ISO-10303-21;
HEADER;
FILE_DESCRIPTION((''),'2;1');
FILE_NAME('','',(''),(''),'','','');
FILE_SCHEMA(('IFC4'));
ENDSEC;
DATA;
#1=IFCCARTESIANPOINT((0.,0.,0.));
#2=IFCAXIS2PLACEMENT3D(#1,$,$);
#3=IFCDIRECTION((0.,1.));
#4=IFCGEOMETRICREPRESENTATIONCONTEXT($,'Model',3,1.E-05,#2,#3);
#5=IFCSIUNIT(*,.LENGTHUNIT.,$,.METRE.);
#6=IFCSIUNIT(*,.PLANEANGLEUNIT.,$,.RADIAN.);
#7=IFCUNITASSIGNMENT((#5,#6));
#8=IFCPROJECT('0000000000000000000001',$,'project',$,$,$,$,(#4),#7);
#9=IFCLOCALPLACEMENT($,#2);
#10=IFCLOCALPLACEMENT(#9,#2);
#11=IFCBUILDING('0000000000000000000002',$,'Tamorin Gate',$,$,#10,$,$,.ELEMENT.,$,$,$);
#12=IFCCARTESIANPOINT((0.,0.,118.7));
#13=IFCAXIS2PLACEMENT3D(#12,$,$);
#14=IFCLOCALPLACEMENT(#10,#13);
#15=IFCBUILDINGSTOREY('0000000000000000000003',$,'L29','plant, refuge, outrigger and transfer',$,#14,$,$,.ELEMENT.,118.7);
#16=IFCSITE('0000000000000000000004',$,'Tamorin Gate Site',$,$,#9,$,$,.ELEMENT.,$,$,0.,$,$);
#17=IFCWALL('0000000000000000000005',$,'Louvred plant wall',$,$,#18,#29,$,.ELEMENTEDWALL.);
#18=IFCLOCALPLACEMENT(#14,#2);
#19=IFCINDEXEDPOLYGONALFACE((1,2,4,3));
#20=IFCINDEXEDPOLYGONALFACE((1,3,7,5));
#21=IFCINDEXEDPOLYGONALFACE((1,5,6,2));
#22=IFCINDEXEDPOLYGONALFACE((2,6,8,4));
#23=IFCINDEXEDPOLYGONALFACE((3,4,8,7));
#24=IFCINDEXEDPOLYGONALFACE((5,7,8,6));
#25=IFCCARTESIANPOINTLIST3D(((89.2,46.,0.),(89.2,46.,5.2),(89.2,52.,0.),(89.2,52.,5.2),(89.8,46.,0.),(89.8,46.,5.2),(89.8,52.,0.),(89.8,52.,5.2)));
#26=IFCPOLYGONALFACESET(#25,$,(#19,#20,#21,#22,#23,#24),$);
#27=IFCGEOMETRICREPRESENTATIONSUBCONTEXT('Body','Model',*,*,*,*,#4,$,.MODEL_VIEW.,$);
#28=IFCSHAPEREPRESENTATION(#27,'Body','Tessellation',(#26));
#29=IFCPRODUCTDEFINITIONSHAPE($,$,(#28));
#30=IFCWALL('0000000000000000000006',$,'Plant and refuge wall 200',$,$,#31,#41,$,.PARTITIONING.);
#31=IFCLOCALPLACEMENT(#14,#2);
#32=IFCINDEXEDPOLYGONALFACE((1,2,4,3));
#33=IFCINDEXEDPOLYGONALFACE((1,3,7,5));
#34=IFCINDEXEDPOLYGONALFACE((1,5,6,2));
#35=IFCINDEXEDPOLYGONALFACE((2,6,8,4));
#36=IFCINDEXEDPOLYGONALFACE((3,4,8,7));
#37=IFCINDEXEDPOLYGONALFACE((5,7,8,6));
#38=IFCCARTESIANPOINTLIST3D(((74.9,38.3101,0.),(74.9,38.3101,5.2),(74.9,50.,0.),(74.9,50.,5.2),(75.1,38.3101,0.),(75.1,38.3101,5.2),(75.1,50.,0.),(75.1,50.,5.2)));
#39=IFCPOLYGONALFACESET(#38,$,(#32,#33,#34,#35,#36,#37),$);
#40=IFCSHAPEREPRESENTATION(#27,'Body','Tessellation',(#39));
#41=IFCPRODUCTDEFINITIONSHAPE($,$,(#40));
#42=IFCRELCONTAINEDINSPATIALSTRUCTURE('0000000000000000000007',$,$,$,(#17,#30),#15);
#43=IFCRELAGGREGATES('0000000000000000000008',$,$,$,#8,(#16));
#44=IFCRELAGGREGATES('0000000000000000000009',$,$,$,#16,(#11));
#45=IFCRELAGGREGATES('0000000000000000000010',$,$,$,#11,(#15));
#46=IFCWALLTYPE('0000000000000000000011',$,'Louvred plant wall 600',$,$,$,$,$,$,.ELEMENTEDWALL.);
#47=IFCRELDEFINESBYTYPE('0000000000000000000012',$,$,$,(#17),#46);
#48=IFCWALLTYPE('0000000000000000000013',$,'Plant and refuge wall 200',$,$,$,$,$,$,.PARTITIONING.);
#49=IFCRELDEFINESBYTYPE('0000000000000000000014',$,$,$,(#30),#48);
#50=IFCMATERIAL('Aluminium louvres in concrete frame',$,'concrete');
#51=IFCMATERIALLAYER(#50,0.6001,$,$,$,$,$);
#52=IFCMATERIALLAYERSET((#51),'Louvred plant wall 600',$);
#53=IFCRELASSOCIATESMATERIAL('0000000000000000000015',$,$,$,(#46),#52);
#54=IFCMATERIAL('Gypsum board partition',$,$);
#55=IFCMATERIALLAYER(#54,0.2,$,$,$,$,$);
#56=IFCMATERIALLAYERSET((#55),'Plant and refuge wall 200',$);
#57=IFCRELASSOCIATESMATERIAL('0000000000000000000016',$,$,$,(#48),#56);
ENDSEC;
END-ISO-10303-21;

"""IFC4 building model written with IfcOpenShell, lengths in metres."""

from ifc_helpers import new_model, si_unit, direction, frame, frame_2d, origin, place, context, subcontext, project, spatial, rectangle, extrude, material, layer, layer_set, type_object, element, save


model = new_model("IFC4")

# Units and contexts
model_context = context("Model", 3, precision=1e-05, world=origin(), true_north=direction((0.0, 1.0)))
body_context = subcontext(model_context, "Body", "Model", "MODEL_VIEW")
ifc_project = project(units=[si_unit("LENGTHUNIT", "METRE"), si_unit("PLANEANGLEUNIT", "RADIAN")], contexts=[model_context])

# Site, building, storey
site_placement = place(None, origin())
site = spatial("IfcSite", under=ifc_project, at=site_placement, Name="Tamorin Gate Site", CompositionType="ELEMENT", RefElevation=0.0)
building_placement = place(site_placement, origin())
building = spatial("IfcBuilding", under=site, at=building_placement, Name="Tamorin Gate", CompositionType="ELEMENT")
storey_placement = place(building_placement, frame((0.0, 0.0, 118.7)))
storey = spatial("IfcBuildingStorey", under=building, at=storey_placement, Name="L29", Description="plant, refuge, outrigger and transfer", CompositionType="ELEMENT", Elevation=118.7)

# Walls
ifc_material_1 = material(Name="Aluminium louvres in concrete frame", Category="concrete")
ifc_layer_1 = layer(ifc_material_1, 0.6001)
ifc_layer_set_1 = layer_set([ifc_layer_1], Name="Louvred plant wall 600")
wall_type_1 = type_object("IfcWallType", Name="Louvred plant wall 600", PredefinedType="ELEMENTEDWALL", material=ifc_layer_set_1)
wall_1_placement = place(storey_placement, frame((89.5, 46.0, 0.0), z_axis=(0.0, 0.0, 1.0), x_axis=(0.0, 1.0, 0.0)))
element("IfcWall", 1, at=wall_1_placement, inside=storey, type_object=wall_type_1, Name="Louvred plant wall", PredefinedType="ELEMENTEDWALL", context=body_context, shape_type="SweptSolid", body=[
    extrude(rectangle(XDim=6.0, YDim=0.6001, at=frame_2d((3.0, 0.0))), origin(), (0.0, 0.0, 1.0), 5.2),
])
ifc_material_2 = material(Name="Gypsum board partition")
ifc_layer_2 = layer(ifc_material_2, 0.2)
ifc_layer_set_2 = layer_set([ifc_layer_2], Name="Plant and refuge wall 200")
wall_type_2 = type_object("IfcWallType", Name="Plant and refuge wall 200", PredefinedType="PARTITIONING", material=ifc_layer_set_2)
wall_2_placement = place(storey_placement, frame((75.0, 38.3101, 0.0), z_axis=(0.0, 0.0, 1.0), x_axis=(0.0, 1.0, 0.0)))
element("IfcWall", 2, at=wall_2_placement, inside=storey, type_object=wall_type_2, Name="Plant and refuge wall 200", PredefinedType="PARTITIONING", context=body_context, shape_type="SweptSolid", body=[
    extrude(rectangle(XDim=11.6899, YDim=0.2, at=frame_2d((5.845, 0.0))), origin(), (0.0, 0.0, 1.0), 5.2),
])

save(model, "model.ifc")
